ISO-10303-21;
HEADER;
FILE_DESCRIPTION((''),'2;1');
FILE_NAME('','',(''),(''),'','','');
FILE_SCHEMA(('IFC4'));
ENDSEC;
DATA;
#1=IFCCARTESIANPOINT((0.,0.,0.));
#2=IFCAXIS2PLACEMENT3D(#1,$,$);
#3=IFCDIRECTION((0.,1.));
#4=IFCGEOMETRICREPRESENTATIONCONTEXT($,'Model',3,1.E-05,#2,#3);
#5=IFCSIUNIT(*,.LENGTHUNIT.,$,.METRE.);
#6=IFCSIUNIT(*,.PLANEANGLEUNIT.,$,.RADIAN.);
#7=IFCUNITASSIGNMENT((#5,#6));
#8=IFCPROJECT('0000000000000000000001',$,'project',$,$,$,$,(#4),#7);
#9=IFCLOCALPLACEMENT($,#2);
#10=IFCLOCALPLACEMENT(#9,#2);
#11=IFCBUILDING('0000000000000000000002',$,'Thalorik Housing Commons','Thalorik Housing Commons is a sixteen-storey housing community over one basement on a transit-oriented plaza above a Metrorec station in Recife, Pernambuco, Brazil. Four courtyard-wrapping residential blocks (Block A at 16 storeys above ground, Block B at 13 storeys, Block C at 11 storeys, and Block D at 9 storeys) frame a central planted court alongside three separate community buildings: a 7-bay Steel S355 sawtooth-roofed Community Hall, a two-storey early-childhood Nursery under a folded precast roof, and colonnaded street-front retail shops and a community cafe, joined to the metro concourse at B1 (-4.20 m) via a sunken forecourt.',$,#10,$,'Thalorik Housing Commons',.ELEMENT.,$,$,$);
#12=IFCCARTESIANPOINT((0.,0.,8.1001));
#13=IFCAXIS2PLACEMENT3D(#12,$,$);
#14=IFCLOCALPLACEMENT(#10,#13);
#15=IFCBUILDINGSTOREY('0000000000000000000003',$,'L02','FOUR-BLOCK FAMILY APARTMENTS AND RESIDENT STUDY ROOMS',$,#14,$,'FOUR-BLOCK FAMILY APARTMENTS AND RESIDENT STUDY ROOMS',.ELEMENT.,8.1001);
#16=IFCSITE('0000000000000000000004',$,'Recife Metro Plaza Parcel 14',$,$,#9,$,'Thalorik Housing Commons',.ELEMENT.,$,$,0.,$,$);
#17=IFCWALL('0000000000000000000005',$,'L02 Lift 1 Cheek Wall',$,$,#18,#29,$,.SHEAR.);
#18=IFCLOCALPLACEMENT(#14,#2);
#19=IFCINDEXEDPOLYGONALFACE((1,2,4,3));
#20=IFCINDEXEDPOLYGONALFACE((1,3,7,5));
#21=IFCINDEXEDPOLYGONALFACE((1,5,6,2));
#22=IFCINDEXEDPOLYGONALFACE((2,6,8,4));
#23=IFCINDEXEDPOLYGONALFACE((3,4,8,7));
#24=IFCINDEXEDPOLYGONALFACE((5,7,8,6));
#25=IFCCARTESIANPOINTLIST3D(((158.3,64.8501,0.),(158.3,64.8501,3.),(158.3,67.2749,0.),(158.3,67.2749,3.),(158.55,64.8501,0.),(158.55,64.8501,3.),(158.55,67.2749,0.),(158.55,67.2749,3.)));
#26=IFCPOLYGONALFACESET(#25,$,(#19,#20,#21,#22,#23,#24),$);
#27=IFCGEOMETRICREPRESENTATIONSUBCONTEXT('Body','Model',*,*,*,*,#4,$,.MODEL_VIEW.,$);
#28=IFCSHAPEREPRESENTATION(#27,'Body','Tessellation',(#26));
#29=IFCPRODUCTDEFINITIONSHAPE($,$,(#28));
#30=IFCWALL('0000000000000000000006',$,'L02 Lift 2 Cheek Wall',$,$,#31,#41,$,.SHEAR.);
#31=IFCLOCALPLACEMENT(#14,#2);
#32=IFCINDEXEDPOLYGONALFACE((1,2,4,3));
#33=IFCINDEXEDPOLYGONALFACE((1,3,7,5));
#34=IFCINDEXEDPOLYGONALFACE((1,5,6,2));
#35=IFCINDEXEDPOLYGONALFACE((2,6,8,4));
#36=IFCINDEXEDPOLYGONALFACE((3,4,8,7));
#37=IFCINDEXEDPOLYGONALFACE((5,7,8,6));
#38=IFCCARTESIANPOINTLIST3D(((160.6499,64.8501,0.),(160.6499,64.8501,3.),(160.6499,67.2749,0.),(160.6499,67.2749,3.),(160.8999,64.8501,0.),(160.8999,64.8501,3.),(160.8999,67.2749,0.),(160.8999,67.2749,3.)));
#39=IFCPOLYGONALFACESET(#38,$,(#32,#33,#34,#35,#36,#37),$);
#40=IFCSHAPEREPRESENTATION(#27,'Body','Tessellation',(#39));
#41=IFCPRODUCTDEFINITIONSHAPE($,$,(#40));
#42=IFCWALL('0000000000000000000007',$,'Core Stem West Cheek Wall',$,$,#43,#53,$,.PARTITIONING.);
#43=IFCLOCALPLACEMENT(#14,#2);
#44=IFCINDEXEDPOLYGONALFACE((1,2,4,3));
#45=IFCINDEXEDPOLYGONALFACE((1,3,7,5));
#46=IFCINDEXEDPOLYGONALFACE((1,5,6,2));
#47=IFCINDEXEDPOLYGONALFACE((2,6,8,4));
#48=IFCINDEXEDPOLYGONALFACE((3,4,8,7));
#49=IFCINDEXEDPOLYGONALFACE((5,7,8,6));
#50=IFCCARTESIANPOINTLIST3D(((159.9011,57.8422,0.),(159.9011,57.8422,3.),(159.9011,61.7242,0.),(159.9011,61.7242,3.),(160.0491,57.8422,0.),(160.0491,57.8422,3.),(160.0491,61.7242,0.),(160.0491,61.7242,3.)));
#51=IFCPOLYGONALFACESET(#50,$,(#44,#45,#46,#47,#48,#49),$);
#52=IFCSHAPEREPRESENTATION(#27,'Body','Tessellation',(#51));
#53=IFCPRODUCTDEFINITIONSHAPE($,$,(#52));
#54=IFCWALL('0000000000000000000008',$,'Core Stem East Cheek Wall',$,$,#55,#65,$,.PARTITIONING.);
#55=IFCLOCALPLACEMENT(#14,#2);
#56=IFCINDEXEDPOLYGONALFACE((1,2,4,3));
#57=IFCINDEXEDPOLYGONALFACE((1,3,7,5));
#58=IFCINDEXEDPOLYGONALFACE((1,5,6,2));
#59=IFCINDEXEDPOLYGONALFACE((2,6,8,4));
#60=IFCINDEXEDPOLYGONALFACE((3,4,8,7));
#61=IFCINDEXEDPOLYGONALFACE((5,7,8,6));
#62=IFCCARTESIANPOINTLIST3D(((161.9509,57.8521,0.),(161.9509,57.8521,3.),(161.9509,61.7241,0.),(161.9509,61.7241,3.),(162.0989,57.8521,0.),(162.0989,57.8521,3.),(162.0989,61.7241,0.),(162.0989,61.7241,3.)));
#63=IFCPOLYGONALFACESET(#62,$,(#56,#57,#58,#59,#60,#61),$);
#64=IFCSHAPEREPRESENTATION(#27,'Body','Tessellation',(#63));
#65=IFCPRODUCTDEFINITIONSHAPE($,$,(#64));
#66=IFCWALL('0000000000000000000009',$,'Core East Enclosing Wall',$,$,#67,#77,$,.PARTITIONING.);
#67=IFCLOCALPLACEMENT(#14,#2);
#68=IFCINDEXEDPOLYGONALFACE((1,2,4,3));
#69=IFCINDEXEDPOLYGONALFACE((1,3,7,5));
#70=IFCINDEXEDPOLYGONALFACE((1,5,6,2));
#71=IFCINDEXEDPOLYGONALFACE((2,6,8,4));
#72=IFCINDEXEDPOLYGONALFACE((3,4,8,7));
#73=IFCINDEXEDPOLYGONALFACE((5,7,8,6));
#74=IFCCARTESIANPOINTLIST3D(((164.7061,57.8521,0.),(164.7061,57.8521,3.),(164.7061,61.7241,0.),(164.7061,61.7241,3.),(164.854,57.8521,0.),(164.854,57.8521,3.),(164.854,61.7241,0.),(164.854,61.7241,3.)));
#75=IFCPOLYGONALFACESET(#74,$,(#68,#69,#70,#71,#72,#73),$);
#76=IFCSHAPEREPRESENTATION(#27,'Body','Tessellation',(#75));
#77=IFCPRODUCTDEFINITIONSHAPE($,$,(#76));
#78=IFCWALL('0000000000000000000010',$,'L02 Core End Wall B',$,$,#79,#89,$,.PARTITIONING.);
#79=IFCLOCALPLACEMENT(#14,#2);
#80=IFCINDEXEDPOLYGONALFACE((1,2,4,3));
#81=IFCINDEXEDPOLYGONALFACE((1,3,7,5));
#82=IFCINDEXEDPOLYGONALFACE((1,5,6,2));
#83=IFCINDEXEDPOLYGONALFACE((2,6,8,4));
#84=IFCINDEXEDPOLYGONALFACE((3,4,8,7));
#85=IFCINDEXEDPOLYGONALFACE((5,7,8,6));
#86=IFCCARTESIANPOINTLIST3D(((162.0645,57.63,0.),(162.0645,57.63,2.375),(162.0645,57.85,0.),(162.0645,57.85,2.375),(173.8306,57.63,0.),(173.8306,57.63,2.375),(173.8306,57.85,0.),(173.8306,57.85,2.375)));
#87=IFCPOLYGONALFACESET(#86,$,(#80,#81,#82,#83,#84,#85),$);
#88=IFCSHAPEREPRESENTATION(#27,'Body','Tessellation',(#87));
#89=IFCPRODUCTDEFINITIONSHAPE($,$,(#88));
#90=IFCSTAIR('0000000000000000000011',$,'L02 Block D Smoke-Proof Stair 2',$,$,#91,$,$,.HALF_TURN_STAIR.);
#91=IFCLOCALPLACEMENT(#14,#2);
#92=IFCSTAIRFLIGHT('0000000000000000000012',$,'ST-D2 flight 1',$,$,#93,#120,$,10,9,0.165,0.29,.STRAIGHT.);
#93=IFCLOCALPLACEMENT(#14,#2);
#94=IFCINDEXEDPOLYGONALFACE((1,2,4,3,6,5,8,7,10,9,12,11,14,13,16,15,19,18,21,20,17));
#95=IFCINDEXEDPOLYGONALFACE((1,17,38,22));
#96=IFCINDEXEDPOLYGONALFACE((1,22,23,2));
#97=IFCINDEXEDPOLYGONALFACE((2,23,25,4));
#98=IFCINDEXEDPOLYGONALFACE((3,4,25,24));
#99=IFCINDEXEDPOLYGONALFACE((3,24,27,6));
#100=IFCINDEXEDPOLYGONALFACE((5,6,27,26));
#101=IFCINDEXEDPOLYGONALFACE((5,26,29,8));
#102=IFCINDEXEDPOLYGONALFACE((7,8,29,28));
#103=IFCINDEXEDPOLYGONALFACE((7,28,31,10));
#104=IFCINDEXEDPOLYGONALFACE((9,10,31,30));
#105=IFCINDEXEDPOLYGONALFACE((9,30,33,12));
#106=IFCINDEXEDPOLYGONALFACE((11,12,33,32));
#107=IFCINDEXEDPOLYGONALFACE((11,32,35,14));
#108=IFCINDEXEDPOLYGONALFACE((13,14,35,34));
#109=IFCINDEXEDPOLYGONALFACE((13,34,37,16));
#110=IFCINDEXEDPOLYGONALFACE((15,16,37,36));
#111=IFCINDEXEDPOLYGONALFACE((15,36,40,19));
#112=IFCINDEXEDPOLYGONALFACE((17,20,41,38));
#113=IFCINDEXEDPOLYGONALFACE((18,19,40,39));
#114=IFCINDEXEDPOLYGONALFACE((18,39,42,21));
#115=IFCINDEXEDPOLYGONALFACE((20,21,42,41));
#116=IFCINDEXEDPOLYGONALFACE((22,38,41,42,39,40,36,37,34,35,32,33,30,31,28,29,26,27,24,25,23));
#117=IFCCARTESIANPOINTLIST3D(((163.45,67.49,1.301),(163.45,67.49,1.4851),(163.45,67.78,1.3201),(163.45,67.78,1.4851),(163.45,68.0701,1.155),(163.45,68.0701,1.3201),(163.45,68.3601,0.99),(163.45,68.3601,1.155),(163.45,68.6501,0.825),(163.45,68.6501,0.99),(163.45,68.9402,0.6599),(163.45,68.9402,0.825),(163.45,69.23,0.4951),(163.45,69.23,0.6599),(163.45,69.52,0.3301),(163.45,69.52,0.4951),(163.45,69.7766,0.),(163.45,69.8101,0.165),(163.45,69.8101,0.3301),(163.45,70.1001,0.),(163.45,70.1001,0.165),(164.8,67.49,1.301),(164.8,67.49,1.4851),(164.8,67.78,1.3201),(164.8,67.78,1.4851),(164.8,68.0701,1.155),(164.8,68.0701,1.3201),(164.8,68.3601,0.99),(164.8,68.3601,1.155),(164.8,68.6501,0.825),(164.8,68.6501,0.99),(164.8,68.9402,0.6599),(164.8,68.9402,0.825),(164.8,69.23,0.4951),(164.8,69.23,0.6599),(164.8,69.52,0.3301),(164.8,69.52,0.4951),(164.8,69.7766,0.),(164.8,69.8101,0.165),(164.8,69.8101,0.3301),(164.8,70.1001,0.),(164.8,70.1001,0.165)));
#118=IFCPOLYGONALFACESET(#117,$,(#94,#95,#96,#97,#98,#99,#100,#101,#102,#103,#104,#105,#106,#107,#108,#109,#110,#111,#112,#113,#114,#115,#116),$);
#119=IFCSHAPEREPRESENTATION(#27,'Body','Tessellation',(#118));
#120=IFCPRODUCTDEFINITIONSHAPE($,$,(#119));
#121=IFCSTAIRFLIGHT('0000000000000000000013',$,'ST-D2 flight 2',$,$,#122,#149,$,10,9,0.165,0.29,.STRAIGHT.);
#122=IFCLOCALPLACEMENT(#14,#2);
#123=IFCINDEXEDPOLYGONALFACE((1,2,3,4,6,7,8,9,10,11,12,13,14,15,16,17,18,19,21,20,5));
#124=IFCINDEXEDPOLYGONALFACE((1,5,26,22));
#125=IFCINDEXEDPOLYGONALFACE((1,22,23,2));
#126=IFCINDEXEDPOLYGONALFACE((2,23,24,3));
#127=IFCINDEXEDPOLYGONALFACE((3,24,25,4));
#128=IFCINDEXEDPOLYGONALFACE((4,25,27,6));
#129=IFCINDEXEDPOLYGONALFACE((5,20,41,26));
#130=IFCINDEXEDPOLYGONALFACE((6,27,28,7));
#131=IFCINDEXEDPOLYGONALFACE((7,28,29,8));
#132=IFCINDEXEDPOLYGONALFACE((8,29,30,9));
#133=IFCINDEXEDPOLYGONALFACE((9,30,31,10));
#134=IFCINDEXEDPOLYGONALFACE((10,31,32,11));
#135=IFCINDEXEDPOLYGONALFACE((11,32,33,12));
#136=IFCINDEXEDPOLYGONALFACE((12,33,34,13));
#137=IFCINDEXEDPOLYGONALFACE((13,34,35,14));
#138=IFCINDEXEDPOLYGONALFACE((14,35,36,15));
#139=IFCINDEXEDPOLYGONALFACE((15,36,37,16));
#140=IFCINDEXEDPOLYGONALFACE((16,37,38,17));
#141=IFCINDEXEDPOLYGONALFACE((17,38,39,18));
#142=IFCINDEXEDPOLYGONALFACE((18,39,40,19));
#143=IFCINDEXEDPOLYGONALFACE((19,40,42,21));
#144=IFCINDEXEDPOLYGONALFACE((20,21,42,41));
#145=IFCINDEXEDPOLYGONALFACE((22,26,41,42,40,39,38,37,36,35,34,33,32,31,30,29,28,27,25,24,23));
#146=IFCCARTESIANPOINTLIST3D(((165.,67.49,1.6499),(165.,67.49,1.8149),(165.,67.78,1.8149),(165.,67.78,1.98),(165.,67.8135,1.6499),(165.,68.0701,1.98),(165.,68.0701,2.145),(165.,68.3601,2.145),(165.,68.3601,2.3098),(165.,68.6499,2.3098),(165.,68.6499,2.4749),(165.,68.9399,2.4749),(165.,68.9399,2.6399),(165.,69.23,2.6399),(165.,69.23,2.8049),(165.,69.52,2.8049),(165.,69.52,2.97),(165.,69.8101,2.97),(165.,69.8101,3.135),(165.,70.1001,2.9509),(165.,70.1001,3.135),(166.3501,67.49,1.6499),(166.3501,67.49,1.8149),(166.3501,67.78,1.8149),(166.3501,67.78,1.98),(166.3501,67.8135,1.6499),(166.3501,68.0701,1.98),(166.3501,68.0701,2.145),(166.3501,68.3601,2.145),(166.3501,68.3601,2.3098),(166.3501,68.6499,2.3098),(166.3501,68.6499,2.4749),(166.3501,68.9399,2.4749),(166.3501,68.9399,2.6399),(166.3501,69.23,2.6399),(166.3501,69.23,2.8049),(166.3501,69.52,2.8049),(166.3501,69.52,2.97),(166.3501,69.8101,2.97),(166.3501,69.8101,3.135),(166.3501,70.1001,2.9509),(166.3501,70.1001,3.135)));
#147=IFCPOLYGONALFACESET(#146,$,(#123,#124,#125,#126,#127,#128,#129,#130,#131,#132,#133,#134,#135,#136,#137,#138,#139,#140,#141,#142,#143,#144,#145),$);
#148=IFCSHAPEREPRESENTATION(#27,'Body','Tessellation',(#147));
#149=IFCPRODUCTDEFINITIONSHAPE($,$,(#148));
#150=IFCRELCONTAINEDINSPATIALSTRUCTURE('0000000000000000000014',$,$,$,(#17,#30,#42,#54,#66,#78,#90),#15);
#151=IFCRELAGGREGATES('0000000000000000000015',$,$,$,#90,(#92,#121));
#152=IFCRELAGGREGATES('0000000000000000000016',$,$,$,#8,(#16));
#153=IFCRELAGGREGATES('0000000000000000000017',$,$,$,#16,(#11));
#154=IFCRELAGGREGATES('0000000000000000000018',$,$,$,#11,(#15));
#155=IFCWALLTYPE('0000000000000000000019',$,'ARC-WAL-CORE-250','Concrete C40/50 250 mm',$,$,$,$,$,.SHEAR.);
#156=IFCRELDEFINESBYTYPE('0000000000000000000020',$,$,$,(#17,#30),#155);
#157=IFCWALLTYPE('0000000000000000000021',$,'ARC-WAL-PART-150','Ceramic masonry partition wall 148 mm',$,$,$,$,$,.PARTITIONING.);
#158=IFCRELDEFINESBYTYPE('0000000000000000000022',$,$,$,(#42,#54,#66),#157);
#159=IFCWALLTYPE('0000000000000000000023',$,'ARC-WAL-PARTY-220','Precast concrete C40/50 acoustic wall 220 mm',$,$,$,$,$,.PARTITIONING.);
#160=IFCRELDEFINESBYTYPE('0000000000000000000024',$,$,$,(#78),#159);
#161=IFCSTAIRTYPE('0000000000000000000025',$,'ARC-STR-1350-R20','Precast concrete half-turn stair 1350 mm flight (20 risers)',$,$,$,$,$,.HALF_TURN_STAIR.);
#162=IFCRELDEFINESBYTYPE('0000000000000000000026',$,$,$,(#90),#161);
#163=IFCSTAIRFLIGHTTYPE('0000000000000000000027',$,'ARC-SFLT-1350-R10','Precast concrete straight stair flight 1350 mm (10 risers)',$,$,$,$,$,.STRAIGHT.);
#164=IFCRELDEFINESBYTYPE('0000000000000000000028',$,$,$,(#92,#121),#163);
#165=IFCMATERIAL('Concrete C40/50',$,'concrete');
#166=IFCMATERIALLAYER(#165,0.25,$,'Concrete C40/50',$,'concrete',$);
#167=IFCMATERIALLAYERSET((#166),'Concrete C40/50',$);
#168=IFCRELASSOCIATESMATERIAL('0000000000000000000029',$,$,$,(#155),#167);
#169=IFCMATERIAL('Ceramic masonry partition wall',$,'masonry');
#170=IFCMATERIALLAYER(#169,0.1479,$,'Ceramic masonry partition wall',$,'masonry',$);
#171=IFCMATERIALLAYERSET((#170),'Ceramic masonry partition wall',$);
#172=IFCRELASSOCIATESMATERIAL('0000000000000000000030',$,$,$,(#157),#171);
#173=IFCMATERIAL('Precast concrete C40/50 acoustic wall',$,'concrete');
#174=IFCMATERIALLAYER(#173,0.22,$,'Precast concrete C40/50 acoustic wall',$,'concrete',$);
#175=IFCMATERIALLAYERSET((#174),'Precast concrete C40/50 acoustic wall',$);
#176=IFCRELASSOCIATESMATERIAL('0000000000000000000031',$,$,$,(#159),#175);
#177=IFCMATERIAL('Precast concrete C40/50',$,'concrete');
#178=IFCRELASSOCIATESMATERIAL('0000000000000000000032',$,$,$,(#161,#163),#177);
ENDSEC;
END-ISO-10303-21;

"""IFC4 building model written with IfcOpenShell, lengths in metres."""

from ifc_helpers import new_model, si_unit, direction, frame, frame_2d, origin, place, context, subcontext, project, spatial, polyline, rectangle, outline, extrude, material, layer, layer_set, type_object, element, aggregate, save


model = new_model("IFC4")

# Units and contexts
model_context = context("Model", 3, precision=1e-05, world=origin(), true_north=direction((0.0, 1.0)))
body_context = subcontext(model_context, "Body", "Model", "MODEL_VIEW")
ifc_project = project(units=[si_unit("LENGTHUNIT", "METRE"), si_unit("PLANEANGLEUNIT", "RADIAN")], contexts=[model_context])

# Site, building, storey
site_placement = place(None, origin())
site = spatial("IfcSite", under=ifc_project, at=site_placement, Name="Recife Metro Plaza Parcel 14", LongName="Thalorik Housing Commons", CompositionType="ELEMENT", RefElevation=0.0)
building_placement = place(site_placement, origin())
building = spatial("IfcBuilding", under=site, at=building_placement, Name="Thalorik Housing Commons", Description="Thalorik Housing Commons is a sixteen-storey housing community over one basement on a transit-oriented plaza above a Metrorec station in Recife, Pernambuco, Brazil. Four courtyard-wrapping residential blocks (Block A at 16 storeys above ground, Block B at 13 storeys, Block C at 11 storeys, and Block D at 9 storeys) frame a central planted court alongside three separate community buildings: a 7-bay Steel S355 sawtooth-roofed Community Hall, a two-storey early-childhood Nursery under a folded precast roof, and colonnaded street-front retail shops and a community cafe, joined to the metro concourse at B1 (-4.20 m) via a sunken forecourt.", LongName="Thalorik Housing Commons", CompositionType="ELEMENT")
storey_placement = place(building_placement, frame((0.0, 0.0, 8.1001)))
storey = spatial("IfcBuildingStorey", under=building, at=storey_placement, Name="L02", Description="FOUR-BLOCK FAMILY APARTMENTS AND RESIDENT STUDY ROOMS", LongName="FOUR-BLOCK FAMILY APARTMENTS AND RESIDENT STUDY ROOMS", CompositionType="ELEMENT", Elevation=8.1001)

# Shared definitions
ifc_material_1 = material(Name="Concrete C40/50", Category="concrete")
ifc_layer_1 = layer(ifc_material_1, 0.25, Name="Concrete C40/50", Category="concrete")
ifc_layer_set_1 = layer_set([ifc_layer_1], Name="Concrete C40/50")
wall_type_1 = type_object("IfcWallType", Name="ARC-WAL-CORE-250", Description="Concrete C40/50 250 mm", PredefinedType="SHEAR", material=ifc_layer_set_1)

# Walls
for number, where, z_axis, x_axis, name in (
    (1, (158.425, 67.2749, 0.0), (0.0, 0.0, 1.0), (0.0, -1.0, 0.0), "L02 Lift 1 Cheek Wall"),
    (2, (160.7749, 67.2749, 0.0), (0.0, 0.0, 1.0), (0.0, -1.0, 0.0), "L02 Lift 2 Cheek Wall"),
):
    element("IfcWall", number, at=place(storey_placement, frame(where, z_axis=z_axis, x_axis=x_axis)), inside=storey, type_object=wall_type_1, Name=name, PredefinedType="SHEAR", context=body_context, shape_type="SweptSolid", body=[
        extrude(rectangle(XDim=2.4248, YDim=0.25, at=frame_2d((1.2124, 0.0))), origin(), (0.0, 0.0, 1.0), 3.0),
    ])
ifc_material_2 = material(Name="Ceramic masonry partition wall", Category="masonry")
ifc_layer_2 = layer(ifc_material_2, 0.1479, Name="Ceramic masonry partition wall", Category="masonry")
ifc_layer_set_2 = layer_set([ifc_layer_2], Name="Ceramic masonry partition wall")
wall_type_2 = type_object("IfcWallType", Name="ARC-WAL-PART-150", Description="Ceramic masonry partition wall 148 mm", PredefinedType="PARTITIONING", material=ifc_layer_set_2)
wall_1_placement = place(storey_placement, frame((159.9751, 61.7241, 0.0), z_axis=(0.0, 0.0, 1.0), x_axis=(0.0, -1.0, 0.0)))
element("IfcWall", 3, at=wall_1_placement, inside=storey, type_object=wall_type_2, Name="Core Stem West Cheek Wall", PredefinedType="PARTITIONING", context=body_context, shape_type="SweptSolid", body=[
    extrude(rectangle(XDim=3.8821, YDim=0.1479, at=frame_2d((1.9409, 0.0))), origin(), (0.0, 0.0, 1.0), 3.0),
])
for number, where, z_axis, x_axis, name in (
    (4, (162.0249, 61.7241, 0.0), (0.0, 0.0, 1.0), (0.0, -1.0, 0.0), "Core Stem East Cheek Wall"),
    (5, (164.78, 61.7241, 0.0), (0.0, 0.0, 1.0), (0.0, -1.0, 0.0), "Core East Enclosing Wall"),
):
    element("IfcWall", number, at=place(storey_placement, frame(where, z_axis=z_axis, x_axis=x_axis)), inside=storey, type_object=wall_type_2, Name=name, PredefinedType="PARTITIONING", context=body_context, shape_type="SweptSolid", body=[
        extrude(rectangle(XDim=3.8721, YDim=0.1479, at=frame_2d((1.936, 0.0))), origin(), (0.0, 0.0, 1.0), 3.0),
    ])

# Wall
ifc_material_3 = material(Name="Precast concrete C40/50 acoustic wall", Category="concrete")
ifc_layer_3 = layer(ifc_material_3, 0.22, Name="Precast concrete C40/50 acoustic wall", Category="concrete")
ifc_layer_set_3 = layer_set([ifc_layer_3], Name="Precast concrete C40/50 acoustic wall")
wall_type_3 = type_object("IfcWallType", Name="ARC-WAL-PARTY-220", Description="Precast concrete C40/50 acoustic wall 220 mm", PredefinedType="PARTITIONING", material=ifc_layer_set_3)
wall_2_placement = place(storey_placement, frame((162.0645, 57.74, 0.0), z_axis=(0.0, 0.0, 1.0), x_axis=(1.0, 0.0, 0.0)))
element("IfcWall", 6, at=wall_2_placement, inside=storey, type_object=wall_type_3, Name="L02 Core End Wall B", PredefinedType="PARTITIONING", context=body_context, shape_type="SweptSolid", body=[
    extrude(rectangle(XDim=11.7661, YDim=0.22, at=frame_2d((5.8831, 0.0))), origin(), (0.0, 0.0, 1.0), 2.375),
])

# Stair, stair flights
ifc_material_4 = material(Name="Precast concrete C40/50", Category="concrete")
stair_type = type_object("IfcStairType", Name="ARC-STR-1350-R20", Description="Precast concrete half-turn stair 1350 mm flight (20 risers)", PredefinedType="HALF_TURN_STAIR", material=ifc_material_4)
stair_placement = place(storey_placement, origin())
stair = element("IfcStair", 7, at=stair_placement, inside=storey, type_object=stair_type, Name="L02 Block D Smoke-Proof Stair 2", PredefinedType="HALF_TURN_STAIR")
stair_flight_type = type_object("IfcStairFlightType", Name="ARC-SFLT-1350-R10", Description="Precast concrete straight stair flight 1350 mm (10 risers)", PredefinedType="STRAIGHT", material=ifc_material_4)
stair_flight_1_placement = place(storey_placement, frame((164.125, 70.1001, 0.0), z_axis=(0.0, 0.0, 1.0), x_axis=(0.0, -1.0, 0.0)))
stair_flight_1 = element("IfcStairFlight", 8, at=stair_flight_1_placement, type_object=stair_flight_type, Name="ST-D2 flight 1", NumberOfRisers=10, NumberOfTreads=9, PredefinedType="STRAIGHT", RiserHeight=0.165, TreadLength=0.29, context=body_context, shape_type="SweptSolid", body=[
    extrude(outline(polyline([(0.0, 0.0), (0.0, 0.165), (0.29, 0.165), (0.29, 0.3301), (0.5801, 0.3301), (0.5801, 0.4951), (0.8701, 0.4951), (0.8701, 0.6599), (1.1599, 0.6599), (1.1599, 0.825), (1.45, 0.825), (1.45, 0.99), (1.74, 0.99), (1.74, 1.155), (2.03, 1.155), (2.03, 1.3201), (2.3201, 1.3201), (2.3201, 1.4851), (2.6101, 1.4851), (2.6101, 1.6499), (2.6101, 1.301), (0.3235, 0.0), (0.0, 0.0)])), frame((0.0, 0.675, 0.0), z_axis=(0.0, -1.0, 0.0), x_axis=(1.0, 0.0, 0.0)), (0.0, 0.0, 1.0), 1.3501),
])
stair_flight_2_placement = place(storey_placement, frame((165.675, 67.49, 1.6499), z_axis=(0.0, 0.0, 1.0), x_axis=(0.0, 1.0, 0.0)))
stair_flight_2 = element("IfcStairFlight", 9, at=stair_flight_2_placement, type_object=stair_flight_type, Name="ST-D2 flight 2", NumberOfRisers=10, NumberOfTreads=9, PredefinedType="STRAIGHT", RiserHeight=0.165, TreadLength=0.29, context=body_context, shape_type="SweptSolid", body=[
    extrude(outline(polyline([(0.0, 0.0), (0.0, 0.165), (0.29, 0.165), (0.29, 0.3301), (0.5801, 0.3301), (0.5801, 0.4951), (0.8701, 0.4951), (0.8701, 0.6599), (1.1599, 0.6599), (1.1599, 0.825), (1.45, 0.825), (1.45, 0.99), (1.74, 0.99), (1.74, 1.155), (2.03, 1.155), (2.03, 1.3201), (2.3201, 1.3201), (2.3201, 1.4851), (2.6101, 1.4851), (2.6101, 1.6499), (2.6101, 1.301), (0.3235, 0.0), (0.0, 0.0)])), frame((0.0, 0.675, 0.0), z_axis=(0.0, -1.0, 0.0), x_axis=(1.0, 0.0, 0.0)), (0.0, 0.0, 1.0), 1.3501),
])
aggregate(stair, [stair_flight_1, stair_flight_2])

save(model, "model.ifc")
